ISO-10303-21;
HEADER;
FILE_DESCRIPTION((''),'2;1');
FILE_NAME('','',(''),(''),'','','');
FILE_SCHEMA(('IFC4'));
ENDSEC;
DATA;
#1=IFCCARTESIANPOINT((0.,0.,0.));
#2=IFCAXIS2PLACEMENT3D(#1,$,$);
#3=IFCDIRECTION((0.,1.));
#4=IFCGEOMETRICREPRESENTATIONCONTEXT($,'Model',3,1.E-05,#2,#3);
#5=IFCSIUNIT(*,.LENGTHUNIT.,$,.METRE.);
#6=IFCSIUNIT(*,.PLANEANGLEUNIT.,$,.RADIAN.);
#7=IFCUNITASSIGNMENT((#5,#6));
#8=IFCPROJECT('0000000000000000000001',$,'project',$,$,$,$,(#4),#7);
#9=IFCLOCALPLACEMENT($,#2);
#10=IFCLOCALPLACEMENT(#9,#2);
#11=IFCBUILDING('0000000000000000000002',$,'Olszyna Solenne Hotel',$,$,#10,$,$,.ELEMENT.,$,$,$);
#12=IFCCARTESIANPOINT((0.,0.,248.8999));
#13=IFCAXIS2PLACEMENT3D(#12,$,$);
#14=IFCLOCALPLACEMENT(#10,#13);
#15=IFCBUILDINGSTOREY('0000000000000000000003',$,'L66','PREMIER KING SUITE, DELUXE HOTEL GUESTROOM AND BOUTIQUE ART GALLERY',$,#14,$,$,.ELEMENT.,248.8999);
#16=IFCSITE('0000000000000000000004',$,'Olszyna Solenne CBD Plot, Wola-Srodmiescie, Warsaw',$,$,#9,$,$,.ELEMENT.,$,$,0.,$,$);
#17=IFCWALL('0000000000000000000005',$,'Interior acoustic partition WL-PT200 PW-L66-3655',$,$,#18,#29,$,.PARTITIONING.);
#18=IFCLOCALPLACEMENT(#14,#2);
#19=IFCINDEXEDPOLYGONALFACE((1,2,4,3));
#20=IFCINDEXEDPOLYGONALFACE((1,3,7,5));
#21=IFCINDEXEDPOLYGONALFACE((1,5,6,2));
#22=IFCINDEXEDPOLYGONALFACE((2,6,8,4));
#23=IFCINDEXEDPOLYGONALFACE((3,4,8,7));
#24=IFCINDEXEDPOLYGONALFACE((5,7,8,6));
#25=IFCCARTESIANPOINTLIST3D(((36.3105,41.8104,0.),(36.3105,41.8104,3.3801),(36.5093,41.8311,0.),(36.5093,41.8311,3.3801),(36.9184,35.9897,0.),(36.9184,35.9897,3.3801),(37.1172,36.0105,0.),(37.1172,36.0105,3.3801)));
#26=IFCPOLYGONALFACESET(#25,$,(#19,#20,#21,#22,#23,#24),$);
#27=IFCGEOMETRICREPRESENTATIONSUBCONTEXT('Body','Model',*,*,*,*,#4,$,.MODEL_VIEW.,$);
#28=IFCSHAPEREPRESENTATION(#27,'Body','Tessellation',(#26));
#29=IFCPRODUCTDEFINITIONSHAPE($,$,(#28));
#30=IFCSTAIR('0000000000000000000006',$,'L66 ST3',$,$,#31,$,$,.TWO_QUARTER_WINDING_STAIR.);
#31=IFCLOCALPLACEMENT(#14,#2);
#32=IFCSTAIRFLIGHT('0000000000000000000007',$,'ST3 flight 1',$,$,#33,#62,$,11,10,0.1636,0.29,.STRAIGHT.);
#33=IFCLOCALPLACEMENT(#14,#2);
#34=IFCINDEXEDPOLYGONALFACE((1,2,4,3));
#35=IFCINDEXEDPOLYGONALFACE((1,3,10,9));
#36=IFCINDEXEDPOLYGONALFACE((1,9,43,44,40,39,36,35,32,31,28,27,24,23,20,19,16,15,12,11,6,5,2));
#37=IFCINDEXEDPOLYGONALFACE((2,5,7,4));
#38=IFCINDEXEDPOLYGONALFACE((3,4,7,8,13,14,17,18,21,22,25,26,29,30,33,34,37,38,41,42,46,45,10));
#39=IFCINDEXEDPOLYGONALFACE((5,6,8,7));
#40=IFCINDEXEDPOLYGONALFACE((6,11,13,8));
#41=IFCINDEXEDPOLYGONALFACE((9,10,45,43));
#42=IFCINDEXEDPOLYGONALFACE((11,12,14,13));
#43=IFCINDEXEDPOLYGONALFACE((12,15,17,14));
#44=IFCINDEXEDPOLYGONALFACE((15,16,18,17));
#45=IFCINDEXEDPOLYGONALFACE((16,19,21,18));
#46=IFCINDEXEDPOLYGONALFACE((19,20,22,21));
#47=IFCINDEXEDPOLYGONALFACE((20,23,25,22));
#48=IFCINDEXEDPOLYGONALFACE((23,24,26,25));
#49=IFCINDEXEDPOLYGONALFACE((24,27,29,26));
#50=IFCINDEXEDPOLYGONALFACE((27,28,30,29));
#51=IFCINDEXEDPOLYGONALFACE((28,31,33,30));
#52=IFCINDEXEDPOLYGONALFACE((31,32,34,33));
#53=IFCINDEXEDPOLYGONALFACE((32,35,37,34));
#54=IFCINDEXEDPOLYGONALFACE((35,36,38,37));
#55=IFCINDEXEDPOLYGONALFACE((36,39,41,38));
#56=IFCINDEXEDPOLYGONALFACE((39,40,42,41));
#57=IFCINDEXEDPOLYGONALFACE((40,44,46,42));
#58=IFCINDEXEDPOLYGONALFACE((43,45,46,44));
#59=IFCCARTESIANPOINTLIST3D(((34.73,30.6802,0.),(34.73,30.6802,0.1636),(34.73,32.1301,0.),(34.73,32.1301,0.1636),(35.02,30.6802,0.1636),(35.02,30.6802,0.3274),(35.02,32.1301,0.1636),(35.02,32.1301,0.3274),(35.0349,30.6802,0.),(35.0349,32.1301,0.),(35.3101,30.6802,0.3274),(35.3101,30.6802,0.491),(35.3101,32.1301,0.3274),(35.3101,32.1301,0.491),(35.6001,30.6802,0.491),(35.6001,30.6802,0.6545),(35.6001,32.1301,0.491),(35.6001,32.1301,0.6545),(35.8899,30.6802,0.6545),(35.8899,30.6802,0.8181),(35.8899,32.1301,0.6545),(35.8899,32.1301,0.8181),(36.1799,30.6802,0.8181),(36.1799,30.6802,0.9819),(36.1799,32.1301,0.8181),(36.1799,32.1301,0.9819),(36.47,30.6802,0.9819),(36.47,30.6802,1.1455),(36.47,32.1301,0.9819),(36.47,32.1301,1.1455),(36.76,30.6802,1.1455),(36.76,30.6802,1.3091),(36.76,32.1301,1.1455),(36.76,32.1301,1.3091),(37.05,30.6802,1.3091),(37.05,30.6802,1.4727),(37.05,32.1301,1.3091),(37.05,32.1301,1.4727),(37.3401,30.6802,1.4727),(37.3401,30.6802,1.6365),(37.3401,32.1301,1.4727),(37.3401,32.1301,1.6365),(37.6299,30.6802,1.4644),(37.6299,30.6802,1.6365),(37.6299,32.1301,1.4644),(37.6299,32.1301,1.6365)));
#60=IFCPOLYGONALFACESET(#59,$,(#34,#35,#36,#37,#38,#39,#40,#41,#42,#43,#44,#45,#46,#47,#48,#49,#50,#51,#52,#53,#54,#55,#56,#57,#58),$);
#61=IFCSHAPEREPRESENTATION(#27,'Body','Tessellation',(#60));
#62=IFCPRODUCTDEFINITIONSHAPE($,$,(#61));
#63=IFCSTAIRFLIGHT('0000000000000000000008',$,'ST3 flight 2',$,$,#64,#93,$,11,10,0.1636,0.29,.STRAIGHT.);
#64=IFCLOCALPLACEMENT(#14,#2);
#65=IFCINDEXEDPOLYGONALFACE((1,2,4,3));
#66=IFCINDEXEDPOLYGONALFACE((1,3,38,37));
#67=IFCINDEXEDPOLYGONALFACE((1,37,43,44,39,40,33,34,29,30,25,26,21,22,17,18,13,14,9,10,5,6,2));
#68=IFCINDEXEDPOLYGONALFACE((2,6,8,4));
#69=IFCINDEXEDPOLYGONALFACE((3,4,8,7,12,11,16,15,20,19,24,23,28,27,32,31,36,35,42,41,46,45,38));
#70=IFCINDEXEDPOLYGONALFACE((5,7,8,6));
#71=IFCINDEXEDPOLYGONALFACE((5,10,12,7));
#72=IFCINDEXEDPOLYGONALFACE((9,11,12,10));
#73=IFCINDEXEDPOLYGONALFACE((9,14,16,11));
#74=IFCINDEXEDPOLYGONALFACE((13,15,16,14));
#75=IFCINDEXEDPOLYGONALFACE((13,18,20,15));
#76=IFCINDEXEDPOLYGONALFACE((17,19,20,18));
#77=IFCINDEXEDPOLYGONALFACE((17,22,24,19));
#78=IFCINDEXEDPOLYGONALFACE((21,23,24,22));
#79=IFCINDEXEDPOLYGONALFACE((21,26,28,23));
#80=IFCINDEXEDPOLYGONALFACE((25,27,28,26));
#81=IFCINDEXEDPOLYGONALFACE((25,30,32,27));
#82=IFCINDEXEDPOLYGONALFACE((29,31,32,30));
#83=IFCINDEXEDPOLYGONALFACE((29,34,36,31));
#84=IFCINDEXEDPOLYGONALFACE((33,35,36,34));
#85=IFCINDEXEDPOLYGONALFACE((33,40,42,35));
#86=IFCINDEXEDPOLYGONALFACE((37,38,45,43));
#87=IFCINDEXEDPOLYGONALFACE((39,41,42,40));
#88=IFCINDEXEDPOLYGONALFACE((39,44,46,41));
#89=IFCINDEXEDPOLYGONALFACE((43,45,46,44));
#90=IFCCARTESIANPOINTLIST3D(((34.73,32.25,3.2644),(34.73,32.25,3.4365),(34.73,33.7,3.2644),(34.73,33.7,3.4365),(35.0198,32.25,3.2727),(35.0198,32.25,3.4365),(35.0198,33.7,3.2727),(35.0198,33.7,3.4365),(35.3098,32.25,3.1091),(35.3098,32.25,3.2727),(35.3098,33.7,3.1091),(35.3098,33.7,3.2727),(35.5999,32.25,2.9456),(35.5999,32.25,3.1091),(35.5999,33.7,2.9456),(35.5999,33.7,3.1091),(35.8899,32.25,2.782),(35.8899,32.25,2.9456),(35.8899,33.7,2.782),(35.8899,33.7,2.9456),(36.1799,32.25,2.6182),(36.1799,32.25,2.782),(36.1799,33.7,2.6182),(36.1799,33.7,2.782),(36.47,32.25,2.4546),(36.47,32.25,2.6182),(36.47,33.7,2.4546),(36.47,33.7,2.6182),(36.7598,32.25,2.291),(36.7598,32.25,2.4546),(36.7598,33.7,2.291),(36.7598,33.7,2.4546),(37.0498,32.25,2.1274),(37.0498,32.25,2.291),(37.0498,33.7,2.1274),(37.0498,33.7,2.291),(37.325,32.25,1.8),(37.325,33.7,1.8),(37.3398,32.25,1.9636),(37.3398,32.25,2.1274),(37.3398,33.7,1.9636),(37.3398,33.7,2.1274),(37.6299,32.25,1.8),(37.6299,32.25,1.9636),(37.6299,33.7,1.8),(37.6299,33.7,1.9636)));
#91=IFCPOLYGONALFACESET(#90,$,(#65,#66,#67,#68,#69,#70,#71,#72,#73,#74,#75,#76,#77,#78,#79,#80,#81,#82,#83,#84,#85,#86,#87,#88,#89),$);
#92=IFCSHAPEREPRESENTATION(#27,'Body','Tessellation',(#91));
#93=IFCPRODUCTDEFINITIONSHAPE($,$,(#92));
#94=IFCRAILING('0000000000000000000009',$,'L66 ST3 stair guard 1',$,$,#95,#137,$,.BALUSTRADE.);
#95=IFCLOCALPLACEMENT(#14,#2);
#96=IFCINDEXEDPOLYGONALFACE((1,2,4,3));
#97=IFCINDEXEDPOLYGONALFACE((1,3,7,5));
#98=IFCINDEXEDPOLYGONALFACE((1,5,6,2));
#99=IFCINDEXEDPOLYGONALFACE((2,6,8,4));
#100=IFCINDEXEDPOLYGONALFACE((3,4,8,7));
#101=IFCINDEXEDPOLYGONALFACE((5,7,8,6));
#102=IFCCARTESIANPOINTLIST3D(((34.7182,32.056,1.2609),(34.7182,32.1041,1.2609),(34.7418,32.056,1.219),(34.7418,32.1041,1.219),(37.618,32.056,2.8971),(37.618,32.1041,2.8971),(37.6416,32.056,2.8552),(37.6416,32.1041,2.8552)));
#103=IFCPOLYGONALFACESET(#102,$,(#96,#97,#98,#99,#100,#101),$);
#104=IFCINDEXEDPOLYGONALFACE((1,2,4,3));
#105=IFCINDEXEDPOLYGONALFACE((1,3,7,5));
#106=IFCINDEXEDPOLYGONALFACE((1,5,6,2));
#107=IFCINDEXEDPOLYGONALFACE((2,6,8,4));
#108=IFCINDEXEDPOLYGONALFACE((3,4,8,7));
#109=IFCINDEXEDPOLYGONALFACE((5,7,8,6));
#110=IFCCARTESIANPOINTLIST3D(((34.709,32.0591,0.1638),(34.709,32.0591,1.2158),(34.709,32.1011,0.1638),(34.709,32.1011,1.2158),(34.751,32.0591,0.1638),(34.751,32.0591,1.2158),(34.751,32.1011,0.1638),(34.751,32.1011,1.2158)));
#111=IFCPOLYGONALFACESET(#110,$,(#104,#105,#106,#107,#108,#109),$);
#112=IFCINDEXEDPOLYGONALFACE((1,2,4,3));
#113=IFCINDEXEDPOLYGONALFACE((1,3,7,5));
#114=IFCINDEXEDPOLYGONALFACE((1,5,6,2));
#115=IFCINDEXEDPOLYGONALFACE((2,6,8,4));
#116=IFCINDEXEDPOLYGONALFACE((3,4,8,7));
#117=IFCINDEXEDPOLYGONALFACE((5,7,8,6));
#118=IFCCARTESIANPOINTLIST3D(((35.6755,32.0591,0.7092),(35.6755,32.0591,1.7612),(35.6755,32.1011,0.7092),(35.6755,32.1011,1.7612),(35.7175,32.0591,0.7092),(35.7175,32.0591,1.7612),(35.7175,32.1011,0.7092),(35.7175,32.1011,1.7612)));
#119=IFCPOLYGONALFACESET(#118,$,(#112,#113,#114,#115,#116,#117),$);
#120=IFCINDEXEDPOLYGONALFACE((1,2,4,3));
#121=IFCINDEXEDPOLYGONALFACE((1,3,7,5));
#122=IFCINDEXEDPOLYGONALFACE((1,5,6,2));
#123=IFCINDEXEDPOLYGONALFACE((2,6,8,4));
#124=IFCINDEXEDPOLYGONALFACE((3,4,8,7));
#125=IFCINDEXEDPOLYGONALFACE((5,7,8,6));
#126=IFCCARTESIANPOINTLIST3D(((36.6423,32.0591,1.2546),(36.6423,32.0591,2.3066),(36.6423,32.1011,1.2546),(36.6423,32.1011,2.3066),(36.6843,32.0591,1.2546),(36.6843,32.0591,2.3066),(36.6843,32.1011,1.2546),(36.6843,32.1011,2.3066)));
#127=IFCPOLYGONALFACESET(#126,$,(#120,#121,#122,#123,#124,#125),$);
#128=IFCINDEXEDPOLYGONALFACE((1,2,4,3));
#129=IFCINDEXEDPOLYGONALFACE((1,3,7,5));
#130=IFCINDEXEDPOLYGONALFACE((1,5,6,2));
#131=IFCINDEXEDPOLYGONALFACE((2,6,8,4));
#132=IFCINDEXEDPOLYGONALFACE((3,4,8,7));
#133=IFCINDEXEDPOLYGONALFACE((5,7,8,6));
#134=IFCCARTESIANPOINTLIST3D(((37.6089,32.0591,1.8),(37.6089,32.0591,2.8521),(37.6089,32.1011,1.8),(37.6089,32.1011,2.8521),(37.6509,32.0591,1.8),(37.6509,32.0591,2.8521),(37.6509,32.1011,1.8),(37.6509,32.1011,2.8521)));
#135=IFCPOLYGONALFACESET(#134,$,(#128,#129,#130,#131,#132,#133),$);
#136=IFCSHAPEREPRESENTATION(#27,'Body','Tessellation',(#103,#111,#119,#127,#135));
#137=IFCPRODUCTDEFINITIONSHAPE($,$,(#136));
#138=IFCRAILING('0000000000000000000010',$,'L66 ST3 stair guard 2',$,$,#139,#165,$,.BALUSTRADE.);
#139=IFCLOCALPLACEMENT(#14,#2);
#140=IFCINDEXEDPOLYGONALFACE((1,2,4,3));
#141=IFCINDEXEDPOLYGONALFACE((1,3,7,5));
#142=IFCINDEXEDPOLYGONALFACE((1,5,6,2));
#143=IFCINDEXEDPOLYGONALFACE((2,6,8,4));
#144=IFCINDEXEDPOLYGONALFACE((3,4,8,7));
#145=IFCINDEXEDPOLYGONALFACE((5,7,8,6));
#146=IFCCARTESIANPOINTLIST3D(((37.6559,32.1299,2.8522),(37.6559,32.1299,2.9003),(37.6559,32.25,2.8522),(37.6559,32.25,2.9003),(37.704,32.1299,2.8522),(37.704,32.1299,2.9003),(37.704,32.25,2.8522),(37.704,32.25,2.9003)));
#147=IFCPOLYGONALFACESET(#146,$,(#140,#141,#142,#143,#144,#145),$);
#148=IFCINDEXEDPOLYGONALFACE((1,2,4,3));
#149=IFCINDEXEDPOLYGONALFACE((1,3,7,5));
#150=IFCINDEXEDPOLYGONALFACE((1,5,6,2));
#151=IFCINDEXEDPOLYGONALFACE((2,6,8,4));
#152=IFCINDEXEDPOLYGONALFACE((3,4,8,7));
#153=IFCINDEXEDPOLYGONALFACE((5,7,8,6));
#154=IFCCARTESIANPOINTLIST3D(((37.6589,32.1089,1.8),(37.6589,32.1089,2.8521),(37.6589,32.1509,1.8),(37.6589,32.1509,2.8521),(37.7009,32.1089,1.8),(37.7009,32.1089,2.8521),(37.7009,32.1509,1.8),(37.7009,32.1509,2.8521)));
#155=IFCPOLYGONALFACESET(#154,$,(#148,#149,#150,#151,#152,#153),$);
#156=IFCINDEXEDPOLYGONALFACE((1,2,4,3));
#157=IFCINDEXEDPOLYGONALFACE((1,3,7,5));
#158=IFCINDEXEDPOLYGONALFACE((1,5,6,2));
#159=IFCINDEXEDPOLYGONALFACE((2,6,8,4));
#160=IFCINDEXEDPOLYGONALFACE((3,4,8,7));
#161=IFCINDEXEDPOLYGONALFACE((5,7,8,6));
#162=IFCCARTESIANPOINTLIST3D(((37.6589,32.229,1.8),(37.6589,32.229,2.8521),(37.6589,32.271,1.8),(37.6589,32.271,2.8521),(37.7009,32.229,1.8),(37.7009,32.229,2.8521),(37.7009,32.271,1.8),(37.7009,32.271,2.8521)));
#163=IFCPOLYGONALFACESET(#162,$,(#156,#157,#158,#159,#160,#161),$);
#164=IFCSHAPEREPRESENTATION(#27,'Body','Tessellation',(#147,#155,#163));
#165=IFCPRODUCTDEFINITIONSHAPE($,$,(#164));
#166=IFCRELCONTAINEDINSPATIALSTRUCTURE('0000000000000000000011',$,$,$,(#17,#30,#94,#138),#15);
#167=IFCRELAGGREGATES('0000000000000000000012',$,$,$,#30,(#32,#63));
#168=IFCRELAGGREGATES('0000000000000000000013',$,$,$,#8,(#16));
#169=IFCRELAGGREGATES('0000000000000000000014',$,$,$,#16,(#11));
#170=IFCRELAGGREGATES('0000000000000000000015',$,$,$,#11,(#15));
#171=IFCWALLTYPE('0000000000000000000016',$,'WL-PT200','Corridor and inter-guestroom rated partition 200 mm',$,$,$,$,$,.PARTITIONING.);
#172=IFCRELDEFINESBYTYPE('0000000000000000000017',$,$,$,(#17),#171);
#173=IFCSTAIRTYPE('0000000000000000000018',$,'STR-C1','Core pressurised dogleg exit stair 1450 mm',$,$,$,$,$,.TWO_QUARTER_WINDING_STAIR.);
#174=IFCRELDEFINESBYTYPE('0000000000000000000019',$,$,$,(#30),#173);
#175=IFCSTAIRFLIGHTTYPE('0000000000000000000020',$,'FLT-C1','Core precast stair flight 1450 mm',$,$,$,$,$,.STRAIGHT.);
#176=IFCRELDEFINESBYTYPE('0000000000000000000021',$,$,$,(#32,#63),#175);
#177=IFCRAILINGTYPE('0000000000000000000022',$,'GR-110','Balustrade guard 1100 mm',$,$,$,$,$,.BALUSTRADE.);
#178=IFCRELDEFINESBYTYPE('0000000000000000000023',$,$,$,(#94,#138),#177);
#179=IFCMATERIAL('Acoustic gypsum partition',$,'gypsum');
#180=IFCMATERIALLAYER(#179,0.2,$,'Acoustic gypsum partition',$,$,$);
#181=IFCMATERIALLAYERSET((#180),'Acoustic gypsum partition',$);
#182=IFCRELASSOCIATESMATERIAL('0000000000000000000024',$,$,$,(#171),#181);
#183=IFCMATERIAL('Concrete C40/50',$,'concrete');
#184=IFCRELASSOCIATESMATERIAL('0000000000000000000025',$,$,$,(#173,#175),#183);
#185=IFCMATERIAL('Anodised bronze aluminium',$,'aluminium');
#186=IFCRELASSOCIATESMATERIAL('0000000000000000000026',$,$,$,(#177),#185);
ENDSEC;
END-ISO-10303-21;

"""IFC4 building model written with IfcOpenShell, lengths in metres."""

from ifc_helpers import new_model, si_unit, direction, frame, frame_2d, origin, origin_2d, place, context, subcontext, project, spatial, polyline, rectangle, outline, extrude, material, layer, layer_set, type_object, element, aggregate, save


model = new_model("IFC4")

# Units and contexts
model_context = context("Model", 3, precision=1e-05, world=origin(), true_north=direction((0.0, 1.0)))
body_context = subcontext(model_context, "Body", "Model", "MODEL_VIEW")
ifc_project = project(units=[si_unit("LENGTHUNIT", "METRE"), si_unit("PLANEANGLEUNIT", "RADIAN")], contexts=[model_context])

# Site, building, storey
site_placement = place(None, origin())
site = spatial("IfcSite", under=ifc_project, at=site_placement, Name="Olszyna Solenne CBD Plot, Wola-Srodmiescie, Warsaw", CompositionType="ELEMENT", RefElevation=0.0)
building_placement = place(site_placement, origin())
building = spatial("IfcBuilding", under=site, at=building_placement, Name="Olszyna Solenne Hotel", CompositionType="ELEMENT")
storey_placement = place(building_placement, frame((0.0, 0.0, 248.8999)))
storey = spatial("IfcBuildingStorey", under=building, at=storey_placement, Name="L66", Description="PREMIER KING SUITE, DELUXE HOTEL GUESTROOM AND BOUTIQUE ART GALLERY", CompositionType="ELEMENT", Elevation=248.8999)

# Shared definitions
ifc_material_1 = material(Name="Anodised bronze aluminium", Category="aluminium")

# Shared definitions
ifc_material_2 = material(Name="Acoustic gypsum partition", Category="gypsum")

# Wall
ifc_layer_1 = layer(ifc_material_2, 0.2, Name="Acoustic gypsum partition")
ifc_layer_set_1 = layer_set([ifc_layer_1], Name="Acoustic gypsum partition")
wall_type_1 = type_object("IfcWallType", Name="WL-PT200", Description="Corridor and inter-guestroom rated partition 200 mm", PredefinedType="PARTITIONING", material=ifc_layer_set_1)
wall_1_placement = place(storey_placement, frame((37.0178, 36.0, 0.0), z_axis=(0.0, 0.0, 1.0), x_axis=(-0.103877, 0.99459, 0.0)))
element("IfcWall", 1, at=wall_1_placement, inside=storey, type_object=wall_type_1, Name="Interior acoustic partition WL-PT200 PW-L66-3655", PredefinedType="PARTITIONING", context=body_context, shape_type="SweptSolid", body=[
    extrude(rectangle(XDim=5.8523, YDim=0.2, at=frame_2d((2.9263, 0.0))), origin(), (0.0, 0.0, 1.0), 3.3801),
])

# Stair, stair flights
ifc_material_3 = material(Name="Concrete C40/50", Category="concrete")
stair_type = type_object("IfcStairType", Name="STR-C1", Description="Core pressurised dogleg exit stair 1450 mm", PredefinedType="TWO_QUARTER_WINDING_STAIR", material=ifc_material_3)
stair_placement = place(storey_placement, origin())
stair = element("IfcStair", 2, at=stair_placement, inside=storey, type_object=stair_type, Name="L66 ST3", PredefinedType="TWO_QUARTER_WINDING_STAIR")
stair_flight_type = type_object("IfcStairFlightType", Name="FLT-C1", Description="Core precast stair flight 1450 mm", PredefinedType="STRAIGHT", material=ifc_material_3)
stair_flight_1_placement = place(storey_placement, frame((34.73, 31.405, 0.0), z_axis=(0.0, 0.0, 1.0), x_axis=(1.0, 0.0, 0.0)))
stair_flight_1 = element("IfcStairFlight", 3, at=stair_flight_1_placement, type_object=stair_flight_type, Name="ST3 flight 1", NumberOfRisers=11, NumberOfTreads=10, PredefinedType="STRAIGHT", RiserHeight=0.1636, TreadLength=0.29, context=body_context, shape_type="SweptSolid", body=[
    extrude(outline(polyline([(0.0, 0.0), (0.0, 0.1636), (0.29, 0.1636), (0.29, 0.3274), (0.5801, 0.3274), (0.5801, 0.491), (0.8701, 0.491), (0.8701, 0.6545), (1.1599, 0.6545), (1.1599, 0.8181), (1.45, 0.8181), (1.45, 0.9819), (1.74, 0.9819), (1.74, 1.1455), (2.03, 1.1455), (2.03, 1.3091), (2.3201, 1.3091), (2.3201, 1.4727), (2.6101, 1.4727), (2.6101, 1.6365), (2.8999, 1.6365), (2.8999, 1.8), (2.8999, 1.4644), (0.3049, 0.0), (0.0, 0.0)])), frame((0.0, 0.7251, 0.0), z_axis=(0.0, -1.0, 0.0), x_axis=(1.0, 0.0, 0.0)), (0.0, 0.0, 1.0), 1.45),
])
stair_flight_2_placement = place(storey_placement, frame((37.6299, 32.9751, 1.8), z_axis=(0.0, 0.0, 1.0), x_axis=(-1.0, 0.0, 0.0)))
stair_flight_2 = element("IfcStairFlight", 4, at=stair_flight_2_placement, type_object=stair_flight_type, Name="ST3 flight 2", NumberOfRisers=11, NumberOfTreads=10, PredefinedType="STRAIGHT", RiserHeight=0.1636, TreadLength=0.29, context=body_context, shape_type="SweptSolid", body=[
    extrude(outline(polyline([(0.0, 0.0), (0.0, 0.1636), (0.29, 0.1636), (0.29, 0.3274), (0.5801, 0.3274), (0.5801, 0.491), (0.8701, 0.491), (0.8701, 0.6545), (1.1599, 0.6545), (1.1599, 0.8181), (1.45, 0.8181), (1.45, 0.9819), (1.74, 0.9819), (1.74, 1.1455), (2.03, 1.1455), (2.03, 1.3091), (2.3201, 1.3091), (2.3201, 1.4727), (2.6101, 1.4727), (2.6101, 1.6365), (2.8999, 1.6365), (2.8999, 1.8), (2.8999, 1.4644), (0.3049, 0.0), (0.0, 0.0)])), frame((0.0, 0.7251, 0.0), z_axis=(0.0, -1.0, 0.0), x_axis=(1.0, 0.0, 0.0)), (0.0, 0.0, 1.0), 1.45),
])
aggregate(stair, [stair_flight_1, stair_flight_2])

# Railings
railing_type_1 = type_object("IfcRailingType", Name="GR-110", Description="Balustrade guard 1100 mm", PredefinedType="BALUSTRADE", material=ifc_material_1)
railing_1_placement = place(storey_placement, frame((34.73, 32.0801, 0.1638)))
element("IfcRailing", 5, at=railing_1_placement, inside=storey, type_object=railing_type_1, Name="L66 ST3 stair guard 1", PredefinedType="BALUSTRADE", context=body_context, shape_type="SweptSolid", body=[
    extrude(rectangle(XDim=0.0481, YDim=0.0481, at=origin_2d()), frame((0.0, 0.0, 1.0762), z_axis=(0.870929, 0.0, 0.49141), x_axis=(0.0, 1.0, 0.0)), (0.0, 0.0, 1.0), 3.3296),
    extrude(rectangle(XDim=0.042, YDim=0.042, at=origin_2d()), origin(), (0.0, 0.0, 1.0), 1.052),
    extrude(rectangle(XDim=0.042, YDim=0.042, at=origin_2d()), frame((0.9666, 0.0, 0.5454)), (0.0, 0.0, 1.0), 1.052),
    extrude(rectangle(XDim=0.042, YDim=0.042, at=origin_2d()), frame((1.9333, 0.0, 1.0908)), (0.0, 0.0, 1.0), 1.052),
    extrude(rectangle(XDim=0.042, YDim=0.042, at=origin_2d()), frame((2.8999, 0.0, 1.6362)), (0.0, 0.0, 1.0), 1.052),
])
railing_2_placement = place(storey_placement, frame((37.6799, 32.1299, 1.8)))
element("IfcRailing", 6, at=railing_2_placement, inside=storey, type_object=railing_type_1, Name="L66 ST3 stair guard 2", PredefinedType="BALUSTRADE", context=body_context, shape_type="SweptSolid", body=[
    extrude(rectangle(XDim=0.0481, YDim=0.0481, at=origin_2d()), frame((0.0, 0.0, 1.0762), z_axis=(0.0, 1.0, 0.0), x_axis=(-1.0, 0.0, 0.0)), (0.0, 0.0, 1.0), 0.1201),
    extrude(rectangle(XDim=0.042, YDim=0.042, at=origin_2d()), origin(), (0.0, 0.0, 1.0), 1.052),
    extrude(rectangle(XDim=0.042, YDim=0.042, at=origin_2d()), frame((0.0, 0.1201, 0.0)), (0.0, 0.0, 1.0), 1.052),
])

save(model, "model.ifc")
